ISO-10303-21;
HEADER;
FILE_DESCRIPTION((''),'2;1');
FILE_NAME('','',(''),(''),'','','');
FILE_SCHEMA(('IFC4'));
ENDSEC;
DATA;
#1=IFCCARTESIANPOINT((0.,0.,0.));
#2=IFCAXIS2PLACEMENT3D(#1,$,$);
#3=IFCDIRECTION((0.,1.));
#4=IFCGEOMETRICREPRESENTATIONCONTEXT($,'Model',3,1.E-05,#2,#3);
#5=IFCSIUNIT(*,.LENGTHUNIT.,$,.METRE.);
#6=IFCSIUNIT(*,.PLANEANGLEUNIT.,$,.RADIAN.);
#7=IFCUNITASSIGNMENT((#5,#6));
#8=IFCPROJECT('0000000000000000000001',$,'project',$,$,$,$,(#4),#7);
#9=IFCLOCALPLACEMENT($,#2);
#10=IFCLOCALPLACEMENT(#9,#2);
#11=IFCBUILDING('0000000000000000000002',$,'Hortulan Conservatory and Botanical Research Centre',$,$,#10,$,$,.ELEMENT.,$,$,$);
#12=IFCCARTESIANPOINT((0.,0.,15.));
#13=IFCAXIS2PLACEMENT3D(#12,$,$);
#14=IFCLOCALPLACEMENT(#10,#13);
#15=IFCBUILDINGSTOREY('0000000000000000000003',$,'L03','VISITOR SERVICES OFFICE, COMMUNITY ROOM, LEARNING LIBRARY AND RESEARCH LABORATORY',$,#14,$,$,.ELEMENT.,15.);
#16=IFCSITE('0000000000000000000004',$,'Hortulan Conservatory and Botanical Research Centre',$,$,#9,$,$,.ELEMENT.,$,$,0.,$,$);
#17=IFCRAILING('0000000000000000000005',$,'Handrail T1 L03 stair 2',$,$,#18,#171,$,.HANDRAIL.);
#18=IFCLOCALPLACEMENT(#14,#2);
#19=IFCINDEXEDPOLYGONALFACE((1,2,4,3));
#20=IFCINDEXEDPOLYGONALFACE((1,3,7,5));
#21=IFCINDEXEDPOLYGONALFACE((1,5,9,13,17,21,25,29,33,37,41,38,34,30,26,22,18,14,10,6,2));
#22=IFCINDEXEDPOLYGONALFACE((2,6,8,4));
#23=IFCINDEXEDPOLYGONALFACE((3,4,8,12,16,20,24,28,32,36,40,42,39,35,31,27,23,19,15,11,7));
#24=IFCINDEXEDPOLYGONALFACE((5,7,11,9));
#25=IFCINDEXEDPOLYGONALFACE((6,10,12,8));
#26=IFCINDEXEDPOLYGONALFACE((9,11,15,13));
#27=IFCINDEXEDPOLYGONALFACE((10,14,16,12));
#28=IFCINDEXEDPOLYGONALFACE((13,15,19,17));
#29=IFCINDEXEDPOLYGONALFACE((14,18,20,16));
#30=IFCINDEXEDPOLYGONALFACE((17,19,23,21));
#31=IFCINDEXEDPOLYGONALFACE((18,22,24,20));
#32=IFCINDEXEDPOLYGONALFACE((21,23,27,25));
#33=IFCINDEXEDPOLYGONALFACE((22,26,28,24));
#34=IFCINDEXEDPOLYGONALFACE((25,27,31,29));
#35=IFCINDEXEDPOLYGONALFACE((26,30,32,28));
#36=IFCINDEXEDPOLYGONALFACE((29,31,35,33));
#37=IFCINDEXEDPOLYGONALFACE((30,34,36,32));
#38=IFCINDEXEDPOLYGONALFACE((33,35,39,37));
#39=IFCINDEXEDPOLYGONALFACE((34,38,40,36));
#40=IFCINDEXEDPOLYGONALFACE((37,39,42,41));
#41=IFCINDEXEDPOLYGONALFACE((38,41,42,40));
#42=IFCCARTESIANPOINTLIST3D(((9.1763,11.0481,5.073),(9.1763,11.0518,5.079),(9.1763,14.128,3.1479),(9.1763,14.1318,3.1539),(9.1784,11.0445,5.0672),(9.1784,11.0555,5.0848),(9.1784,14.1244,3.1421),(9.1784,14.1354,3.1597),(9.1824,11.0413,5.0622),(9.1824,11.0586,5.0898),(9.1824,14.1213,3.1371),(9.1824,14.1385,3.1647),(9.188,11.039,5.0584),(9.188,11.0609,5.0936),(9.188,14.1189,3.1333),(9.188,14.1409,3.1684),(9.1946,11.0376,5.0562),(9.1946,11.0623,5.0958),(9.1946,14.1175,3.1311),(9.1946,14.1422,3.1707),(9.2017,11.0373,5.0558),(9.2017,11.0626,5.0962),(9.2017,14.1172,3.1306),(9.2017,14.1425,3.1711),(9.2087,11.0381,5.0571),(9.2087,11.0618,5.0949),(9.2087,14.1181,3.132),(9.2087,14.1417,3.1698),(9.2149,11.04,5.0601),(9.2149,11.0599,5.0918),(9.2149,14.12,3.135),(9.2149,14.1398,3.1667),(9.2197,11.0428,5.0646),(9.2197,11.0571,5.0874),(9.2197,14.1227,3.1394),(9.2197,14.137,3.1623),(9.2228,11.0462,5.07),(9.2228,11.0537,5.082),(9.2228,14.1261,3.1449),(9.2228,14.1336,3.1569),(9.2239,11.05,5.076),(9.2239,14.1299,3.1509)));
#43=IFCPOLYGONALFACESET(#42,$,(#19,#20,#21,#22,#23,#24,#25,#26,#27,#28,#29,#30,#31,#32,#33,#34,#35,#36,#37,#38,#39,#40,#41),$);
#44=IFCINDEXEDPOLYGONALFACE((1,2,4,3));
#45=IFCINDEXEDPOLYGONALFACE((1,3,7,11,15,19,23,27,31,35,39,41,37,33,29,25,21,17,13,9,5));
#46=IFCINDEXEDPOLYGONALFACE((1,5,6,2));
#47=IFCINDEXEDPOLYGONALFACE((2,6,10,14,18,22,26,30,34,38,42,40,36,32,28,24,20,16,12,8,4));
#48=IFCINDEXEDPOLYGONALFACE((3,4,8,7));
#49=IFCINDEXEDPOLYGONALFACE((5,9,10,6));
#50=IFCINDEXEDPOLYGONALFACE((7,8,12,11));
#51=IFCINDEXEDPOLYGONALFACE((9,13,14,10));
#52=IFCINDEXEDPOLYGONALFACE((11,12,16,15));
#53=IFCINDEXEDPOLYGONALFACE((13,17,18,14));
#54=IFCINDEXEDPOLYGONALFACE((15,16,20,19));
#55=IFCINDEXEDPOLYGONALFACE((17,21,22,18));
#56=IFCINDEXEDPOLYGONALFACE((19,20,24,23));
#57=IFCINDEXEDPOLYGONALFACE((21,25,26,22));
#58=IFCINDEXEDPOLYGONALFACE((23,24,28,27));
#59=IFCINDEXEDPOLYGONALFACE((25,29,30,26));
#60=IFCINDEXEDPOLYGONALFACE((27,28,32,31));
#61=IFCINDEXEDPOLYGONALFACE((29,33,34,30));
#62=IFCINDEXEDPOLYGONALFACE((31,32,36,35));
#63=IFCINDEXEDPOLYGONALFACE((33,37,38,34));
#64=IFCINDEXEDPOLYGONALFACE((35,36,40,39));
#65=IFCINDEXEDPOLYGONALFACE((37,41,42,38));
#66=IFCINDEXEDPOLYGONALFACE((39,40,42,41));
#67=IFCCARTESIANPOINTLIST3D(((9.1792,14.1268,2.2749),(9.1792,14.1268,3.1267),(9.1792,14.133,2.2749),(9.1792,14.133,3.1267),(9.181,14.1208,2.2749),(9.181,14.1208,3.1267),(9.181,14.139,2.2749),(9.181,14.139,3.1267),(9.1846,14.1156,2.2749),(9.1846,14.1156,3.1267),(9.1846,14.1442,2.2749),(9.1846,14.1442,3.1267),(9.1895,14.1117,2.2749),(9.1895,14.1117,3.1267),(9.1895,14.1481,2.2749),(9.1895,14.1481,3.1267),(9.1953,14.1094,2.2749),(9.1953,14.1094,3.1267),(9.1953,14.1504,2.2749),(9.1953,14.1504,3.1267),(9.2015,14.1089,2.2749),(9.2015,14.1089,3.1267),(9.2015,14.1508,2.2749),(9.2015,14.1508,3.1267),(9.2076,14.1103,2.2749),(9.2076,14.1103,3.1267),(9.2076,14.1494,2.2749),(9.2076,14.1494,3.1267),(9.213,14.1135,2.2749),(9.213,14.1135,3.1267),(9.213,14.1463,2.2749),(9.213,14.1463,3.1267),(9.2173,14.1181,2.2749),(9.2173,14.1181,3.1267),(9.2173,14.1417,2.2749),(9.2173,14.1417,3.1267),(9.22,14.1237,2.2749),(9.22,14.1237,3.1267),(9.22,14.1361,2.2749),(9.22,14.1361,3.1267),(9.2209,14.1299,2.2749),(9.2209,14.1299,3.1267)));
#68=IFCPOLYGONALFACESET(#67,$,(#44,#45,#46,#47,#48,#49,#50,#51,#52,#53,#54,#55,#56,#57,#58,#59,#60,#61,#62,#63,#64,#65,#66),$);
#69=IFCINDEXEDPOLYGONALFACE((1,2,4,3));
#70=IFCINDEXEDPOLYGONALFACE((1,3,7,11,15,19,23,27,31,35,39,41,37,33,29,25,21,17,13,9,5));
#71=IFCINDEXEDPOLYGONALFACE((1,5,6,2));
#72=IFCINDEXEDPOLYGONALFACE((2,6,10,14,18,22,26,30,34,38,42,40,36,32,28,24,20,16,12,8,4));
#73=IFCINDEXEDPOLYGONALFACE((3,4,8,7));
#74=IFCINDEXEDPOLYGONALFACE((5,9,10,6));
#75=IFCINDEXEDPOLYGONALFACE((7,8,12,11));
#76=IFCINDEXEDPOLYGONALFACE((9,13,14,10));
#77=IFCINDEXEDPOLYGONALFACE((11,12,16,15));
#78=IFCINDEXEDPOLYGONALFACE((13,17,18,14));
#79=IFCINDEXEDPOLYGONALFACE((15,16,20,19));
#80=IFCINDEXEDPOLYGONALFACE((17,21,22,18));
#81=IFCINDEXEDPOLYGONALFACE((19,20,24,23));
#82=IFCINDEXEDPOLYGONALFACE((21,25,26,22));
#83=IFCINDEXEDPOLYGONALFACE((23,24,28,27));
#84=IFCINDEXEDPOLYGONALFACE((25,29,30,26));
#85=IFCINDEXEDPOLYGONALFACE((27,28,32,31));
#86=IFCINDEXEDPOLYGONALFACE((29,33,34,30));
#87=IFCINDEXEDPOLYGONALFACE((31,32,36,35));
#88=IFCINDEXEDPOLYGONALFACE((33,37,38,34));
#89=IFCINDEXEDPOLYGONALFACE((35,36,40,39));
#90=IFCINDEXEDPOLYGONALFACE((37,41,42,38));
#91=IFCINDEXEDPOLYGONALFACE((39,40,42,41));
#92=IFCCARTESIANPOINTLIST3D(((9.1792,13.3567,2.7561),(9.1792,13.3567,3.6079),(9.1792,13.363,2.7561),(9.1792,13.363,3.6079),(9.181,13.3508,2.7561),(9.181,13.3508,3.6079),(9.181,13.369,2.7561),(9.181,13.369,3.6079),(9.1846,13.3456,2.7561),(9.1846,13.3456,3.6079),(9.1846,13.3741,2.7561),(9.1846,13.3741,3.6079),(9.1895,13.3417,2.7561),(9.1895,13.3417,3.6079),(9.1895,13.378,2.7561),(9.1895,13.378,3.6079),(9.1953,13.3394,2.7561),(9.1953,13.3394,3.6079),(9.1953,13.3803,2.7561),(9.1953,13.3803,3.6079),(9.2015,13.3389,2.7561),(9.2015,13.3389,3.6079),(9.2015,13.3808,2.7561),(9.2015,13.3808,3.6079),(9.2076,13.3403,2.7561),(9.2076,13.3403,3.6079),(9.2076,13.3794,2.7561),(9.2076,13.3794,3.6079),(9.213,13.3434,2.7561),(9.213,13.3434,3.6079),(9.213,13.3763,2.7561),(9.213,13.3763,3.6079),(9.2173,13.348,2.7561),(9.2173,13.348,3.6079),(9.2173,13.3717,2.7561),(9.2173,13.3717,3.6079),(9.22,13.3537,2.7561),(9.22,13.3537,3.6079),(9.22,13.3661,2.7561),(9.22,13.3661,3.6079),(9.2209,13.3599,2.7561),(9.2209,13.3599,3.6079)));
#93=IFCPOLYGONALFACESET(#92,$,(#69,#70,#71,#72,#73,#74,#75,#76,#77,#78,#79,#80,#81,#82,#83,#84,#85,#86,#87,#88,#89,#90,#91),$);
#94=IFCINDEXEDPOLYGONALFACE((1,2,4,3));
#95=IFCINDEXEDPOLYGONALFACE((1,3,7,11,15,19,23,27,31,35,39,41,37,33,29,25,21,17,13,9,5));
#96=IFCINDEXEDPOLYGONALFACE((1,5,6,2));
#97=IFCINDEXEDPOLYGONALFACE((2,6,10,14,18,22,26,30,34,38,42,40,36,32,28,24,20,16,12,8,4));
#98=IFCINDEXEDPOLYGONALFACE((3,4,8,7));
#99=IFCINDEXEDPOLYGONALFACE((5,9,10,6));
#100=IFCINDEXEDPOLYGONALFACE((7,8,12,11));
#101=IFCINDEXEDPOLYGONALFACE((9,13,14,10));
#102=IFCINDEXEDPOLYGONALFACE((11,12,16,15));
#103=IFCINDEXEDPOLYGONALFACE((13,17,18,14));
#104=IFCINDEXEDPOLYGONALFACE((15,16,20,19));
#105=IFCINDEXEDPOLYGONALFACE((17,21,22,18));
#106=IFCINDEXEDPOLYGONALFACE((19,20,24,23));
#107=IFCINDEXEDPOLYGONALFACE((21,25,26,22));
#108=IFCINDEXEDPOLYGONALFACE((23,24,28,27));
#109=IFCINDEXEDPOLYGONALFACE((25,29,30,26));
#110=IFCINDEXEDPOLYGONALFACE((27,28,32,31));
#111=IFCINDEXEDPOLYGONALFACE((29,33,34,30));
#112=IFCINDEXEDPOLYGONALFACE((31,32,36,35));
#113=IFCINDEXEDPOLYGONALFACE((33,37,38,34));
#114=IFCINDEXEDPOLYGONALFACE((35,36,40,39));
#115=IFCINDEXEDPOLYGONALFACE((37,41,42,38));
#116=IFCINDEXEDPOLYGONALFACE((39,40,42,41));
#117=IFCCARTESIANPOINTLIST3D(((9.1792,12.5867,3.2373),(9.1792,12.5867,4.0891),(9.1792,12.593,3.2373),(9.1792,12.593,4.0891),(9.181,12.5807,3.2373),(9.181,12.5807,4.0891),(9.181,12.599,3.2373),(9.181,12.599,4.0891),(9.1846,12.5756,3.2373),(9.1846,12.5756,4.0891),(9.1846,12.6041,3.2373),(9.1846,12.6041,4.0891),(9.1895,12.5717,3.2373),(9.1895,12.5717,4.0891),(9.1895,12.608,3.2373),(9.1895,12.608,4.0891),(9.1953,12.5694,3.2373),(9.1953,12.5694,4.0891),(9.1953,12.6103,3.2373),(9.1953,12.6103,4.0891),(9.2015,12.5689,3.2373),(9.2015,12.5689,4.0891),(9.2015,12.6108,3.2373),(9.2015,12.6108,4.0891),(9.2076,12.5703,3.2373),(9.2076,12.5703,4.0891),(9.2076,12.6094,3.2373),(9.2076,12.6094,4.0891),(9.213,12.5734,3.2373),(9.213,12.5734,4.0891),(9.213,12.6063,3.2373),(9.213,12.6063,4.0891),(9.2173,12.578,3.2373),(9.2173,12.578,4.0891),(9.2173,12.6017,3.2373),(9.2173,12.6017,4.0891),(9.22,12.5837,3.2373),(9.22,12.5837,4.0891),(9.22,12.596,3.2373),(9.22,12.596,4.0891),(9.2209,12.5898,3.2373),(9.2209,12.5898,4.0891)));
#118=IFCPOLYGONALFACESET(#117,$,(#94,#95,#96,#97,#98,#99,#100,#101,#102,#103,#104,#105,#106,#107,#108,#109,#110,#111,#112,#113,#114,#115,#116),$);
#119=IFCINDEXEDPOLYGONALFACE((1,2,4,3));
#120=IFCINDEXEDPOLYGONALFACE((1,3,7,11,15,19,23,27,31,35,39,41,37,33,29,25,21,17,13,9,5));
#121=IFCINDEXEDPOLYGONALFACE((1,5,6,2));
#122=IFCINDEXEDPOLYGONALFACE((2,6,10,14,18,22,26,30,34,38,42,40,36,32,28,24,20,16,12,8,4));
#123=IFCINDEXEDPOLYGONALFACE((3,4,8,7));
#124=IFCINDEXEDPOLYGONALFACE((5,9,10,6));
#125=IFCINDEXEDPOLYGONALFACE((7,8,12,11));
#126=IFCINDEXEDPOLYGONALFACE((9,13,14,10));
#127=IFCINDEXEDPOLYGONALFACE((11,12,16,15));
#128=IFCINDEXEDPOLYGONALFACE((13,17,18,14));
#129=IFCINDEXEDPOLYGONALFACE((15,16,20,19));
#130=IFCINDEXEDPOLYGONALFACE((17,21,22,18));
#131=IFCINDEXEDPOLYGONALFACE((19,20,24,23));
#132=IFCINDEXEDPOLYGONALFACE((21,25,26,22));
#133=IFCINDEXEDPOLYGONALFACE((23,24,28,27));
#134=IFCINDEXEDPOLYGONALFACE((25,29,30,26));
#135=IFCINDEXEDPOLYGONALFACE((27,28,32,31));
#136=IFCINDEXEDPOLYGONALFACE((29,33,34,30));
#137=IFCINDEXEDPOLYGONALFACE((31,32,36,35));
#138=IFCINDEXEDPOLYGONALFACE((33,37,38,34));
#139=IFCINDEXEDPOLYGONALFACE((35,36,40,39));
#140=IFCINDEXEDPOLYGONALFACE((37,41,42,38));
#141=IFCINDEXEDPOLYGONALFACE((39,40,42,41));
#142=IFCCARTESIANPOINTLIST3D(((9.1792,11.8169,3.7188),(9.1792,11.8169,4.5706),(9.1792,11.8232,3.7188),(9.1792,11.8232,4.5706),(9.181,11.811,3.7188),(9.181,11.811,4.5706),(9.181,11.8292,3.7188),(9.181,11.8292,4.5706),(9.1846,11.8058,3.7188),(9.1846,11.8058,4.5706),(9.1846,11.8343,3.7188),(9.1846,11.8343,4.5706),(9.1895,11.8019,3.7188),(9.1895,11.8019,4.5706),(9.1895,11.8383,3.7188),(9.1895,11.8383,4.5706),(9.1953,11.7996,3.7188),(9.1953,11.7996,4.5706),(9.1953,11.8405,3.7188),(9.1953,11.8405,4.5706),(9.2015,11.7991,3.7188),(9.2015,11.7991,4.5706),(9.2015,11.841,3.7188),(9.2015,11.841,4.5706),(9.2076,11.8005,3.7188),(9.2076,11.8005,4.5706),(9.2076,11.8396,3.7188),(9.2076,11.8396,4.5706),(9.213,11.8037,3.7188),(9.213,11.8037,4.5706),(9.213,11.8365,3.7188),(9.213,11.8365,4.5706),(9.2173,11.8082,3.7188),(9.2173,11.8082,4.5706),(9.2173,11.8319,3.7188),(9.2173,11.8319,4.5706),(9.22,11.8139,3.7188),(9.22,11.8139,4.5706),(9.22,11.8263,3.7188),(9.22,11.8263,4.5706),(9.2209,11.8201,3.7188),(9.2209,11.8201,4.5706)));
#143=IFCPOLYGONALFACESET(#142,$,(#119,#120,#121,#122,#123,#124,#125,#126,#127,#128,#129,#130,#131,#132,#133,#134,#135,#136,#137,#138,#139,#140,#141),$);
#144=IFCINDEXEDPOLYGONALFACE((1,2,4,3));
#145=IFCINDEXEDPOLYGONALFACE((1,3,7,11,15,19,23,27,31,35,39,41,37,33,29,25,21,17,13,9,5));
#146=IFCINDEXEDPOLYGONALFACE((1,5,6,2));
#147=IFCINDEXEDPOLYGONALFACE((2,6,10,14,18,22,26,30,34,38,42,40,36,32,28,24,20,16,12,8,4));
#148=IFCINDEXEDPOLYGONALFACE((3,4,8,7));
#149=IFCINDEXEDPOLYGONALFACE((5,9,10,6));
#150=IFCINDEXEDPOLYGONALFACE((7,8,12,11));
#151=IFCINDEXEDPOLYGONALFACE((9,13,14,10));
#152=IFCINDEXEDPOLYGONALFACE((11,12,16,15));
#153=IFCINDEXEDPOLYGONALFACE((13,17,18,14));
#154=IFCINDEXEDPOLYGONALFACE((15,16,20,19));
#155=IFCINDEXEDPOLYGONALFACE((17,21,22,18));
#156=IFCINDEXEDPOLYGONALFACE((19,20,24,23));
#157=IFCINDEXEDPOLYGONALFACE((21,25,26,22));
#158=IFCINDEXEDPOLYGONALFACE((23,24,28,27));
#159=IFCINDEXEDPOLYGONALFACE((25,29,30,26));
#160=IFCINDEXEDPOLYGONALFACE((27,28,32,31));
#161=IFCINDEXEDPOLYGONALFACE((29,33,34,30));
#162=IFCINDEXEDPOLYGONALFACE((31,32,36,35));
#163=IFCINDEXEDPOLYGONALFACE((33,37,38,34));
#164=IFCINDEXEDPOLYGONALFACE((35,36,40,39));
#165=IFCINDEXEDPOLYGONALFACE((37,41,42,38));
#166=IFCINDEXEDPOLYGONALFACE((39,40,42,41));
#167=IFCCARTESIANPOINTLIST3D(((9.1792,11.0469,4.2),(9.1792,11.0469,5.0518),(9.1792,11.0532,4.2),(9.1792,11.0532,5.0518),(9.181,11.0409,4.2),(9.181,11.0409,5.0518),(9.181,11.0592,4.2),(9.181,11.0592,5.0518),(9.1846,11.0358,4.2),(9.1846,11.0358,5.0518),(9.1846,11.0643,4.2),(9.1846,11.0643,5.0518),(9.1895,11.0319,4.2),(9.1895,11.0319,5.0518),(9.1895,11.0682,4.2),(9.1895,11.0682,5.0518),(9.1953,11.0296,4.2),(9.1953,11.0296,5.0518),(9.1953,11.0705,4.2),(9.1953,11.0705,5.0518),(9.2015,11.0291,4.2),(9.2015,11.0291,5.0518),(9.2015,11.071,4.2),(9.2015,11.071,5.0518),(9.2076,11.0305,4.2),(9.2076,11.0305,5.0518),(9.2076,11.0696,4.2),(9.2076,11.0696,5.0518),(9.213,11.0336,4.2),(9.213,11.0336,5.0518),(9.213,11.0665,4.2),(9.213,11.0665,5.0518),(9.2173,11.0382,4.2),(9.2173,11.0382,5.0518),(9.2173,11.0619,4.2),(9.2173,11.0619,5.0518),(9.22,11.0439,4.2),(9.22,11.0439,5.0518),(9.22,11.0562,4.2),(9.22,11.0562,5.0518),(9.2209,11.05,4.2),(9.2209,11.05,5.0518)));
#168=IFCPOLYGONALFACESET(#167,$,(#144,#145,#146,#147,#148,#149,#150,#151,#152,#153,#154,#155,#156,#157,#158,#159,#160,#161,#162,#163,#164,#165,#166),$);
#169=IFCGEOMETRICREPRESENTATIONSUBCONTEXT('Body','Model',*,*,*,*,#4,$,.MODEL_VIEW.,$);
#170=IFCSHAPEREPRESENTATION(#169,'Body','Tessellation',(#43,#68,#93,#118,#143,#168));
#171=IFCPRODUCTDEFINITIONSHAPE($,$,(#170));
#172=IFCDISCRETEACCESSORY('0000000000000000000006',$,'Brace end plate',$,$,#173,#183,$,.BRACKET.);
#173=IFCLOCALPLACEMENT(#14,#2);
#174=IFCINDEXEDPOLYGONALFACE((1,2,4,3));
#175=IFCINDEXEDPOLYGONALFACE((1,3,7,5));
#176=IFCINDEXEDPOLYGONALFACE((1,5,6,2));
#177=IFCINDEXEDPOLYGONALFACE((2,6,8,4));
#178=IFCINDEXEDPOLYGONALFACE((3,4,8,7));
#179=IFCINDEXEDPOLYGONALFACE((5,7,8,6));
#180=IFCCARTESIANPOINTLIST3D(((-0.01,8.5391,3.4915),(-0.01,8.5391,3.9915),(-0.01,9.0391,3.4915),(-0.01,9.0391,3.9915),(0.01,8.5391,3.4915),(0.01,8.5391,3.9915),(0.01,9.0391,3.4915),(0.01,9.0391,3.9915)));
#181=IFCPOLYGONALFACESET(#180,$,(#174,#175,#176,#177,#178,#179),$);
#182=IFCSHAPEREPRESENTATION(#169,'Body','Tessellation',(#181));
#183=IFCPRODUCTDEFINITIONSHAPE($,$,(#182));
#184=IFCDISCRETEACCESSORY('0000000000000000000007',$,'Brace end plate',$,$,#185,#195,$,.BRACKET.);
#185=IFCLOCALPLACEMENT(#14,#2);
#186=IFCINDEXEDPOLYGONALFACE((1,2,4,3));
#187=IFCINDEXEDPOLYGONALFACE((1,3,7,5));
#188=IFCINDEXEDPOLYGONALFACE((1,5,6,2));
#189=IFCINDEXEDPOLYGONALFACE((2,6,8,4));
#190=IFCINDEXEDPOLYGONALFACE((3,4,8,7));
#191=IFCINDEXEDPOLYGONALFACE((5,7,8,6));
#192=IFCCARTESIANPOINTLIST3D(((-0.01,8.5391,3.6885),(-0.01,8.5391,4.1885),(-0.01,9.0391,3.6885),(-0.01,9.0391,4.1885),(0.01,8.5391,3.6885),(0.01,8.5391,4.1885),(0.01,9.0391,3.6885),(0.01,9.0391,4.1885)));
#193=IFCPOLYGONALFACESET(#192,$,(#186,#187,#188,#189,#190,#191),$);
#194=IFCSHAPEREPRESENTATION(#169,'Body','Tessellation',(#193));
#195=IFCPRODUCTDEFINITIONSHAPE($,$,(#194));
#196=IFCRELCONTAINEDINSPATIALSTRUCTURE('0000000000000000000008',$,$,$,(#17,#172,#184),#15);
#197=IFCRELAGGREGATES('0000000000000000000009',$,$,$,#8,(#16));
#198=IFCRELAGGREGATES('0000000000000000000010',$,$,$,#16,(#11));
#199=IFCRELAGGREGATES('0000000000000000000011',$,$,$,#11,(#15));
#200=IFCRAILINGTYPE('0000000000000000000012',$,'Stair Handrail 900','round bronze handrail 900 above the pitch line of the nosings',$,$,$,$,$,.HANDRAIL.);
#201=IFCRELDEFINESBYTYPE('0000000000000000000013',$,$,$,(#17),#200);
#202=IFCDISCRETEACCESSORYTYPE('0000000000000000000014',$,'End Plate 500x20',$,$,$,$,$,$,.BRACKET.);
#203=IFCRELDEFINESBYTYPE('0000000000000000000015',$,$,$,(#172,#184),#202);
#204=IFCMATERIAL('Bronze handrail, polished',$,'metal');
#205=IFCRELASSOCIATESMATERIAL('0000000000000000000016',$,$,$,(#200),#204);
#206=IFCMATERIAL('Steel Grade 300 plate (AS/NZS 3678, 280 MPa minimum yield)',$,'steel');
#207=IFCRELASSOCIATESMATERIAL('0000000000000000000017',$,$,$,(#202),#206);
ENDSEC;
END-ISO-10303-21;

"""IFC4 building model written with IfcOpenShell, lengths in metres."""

from ifc_helpers import new_model, si_unit, direction, frame, origin, origin_2d, place, context, subcontext, project, spatial, rectangle, circle, extrude, material, type_object, element, save


model = new_model("IFC4")

# Units and contexts
model_context = context("Model", 3, precision=1e-05, world=origin(), true_north=direction((0.0, 1.0)))
body_context = subcontext(model_context, "Body", "Model", "MODEL_VIEW")
ifc_project = project(units=[si_unit("LENGTHUNIT", "METRE"), si_unit("PLANEANGLEUNIT", "RADIAN")], contexts=[model_context])

# Site, building, storey
site_placement = place(None, origin())
site = spatial("IfcSite", under=ifc_project, at=site_placement, Name="Hortulan Conservatory and Botanical Research Centre", CompositionType="ELEMENT", RefElevation=0.0)
building_placement = place(site_placement, origin())
building = spatial("IfcBuilding", under=site, at=building_placement, Name="Hortulan Conservatory and Botanical Research Centre", CompositionType="ELEMENT")
storey_placement = place(building_placement, frame((0.0, 0.0, 15.0)))
storey = spatial("IfcBuildingStorey", under=building, at=storey_placement, Name="L03", Description="VISITOR SERVICES OFFICE, COMMUNITY ROOM, LEARNING LIBRARY AND RESEARCH LABORATORY", CompositionType="ELEMENT", Elevation=15.0)

# Railing
ifc_material_1 = material(Name="Bronze handrail, polished", Category="metal")
railing_type = type_object("IfcRailingType", Name="Stair Handrail 900", Description="round bronze handrail 900 above the pitch line of the nosings", PredefinedType="HANDRAIL", material=ifc_material_1)
railing_placement = place(storey_placement, frame((9.2, 14.1299, 2.2749)))
element("IfcRailing", 1, at=railing_placement, inside=storey, type_object=railing_type, Name="Handrail T1 L03 stair 2", PredefinedType="HANDRAIL", context=body_context, shape_type="SweptSolid", body=[
    extrude(circle(Radius=0.0239, at=origin_2d()), frame((0.0, 0.0, 0.876), z_axis=(0.0, -0.847979, 0.530029), x_axis=(1.0, 0.0, 0.0)), (0.0, 0.0, 1.0), 3.6321),
    extrude(circle(Radius=0.021, at=origin_2d()), origin(), (0.0, 0.0, 1.0), 0.8518),
    extrude(circle(Radius=0.021, at=origin_2d()), frame((0.0, -0.77, 0.4812)), (0.0, 0.0, 1.0), 0.8518),
    extrude(circle(Radius=0.021, at=origin_2d()), frame((0.0, -1.54, 0.9624)), (0.0, 0.0, 1.0), 0.8518),
    extrude(circle(Radius=0.021, at=origin_2d()), frame((0.0, -2.3098, 1.4438)), (0.0, 0.0, 1.0), 0.8518),
    extrude(circle(Radius=0.021, at=origin_2d()), frame((0.0, -3.0798, 1.925)), (0.0, 0.0, 1.0), 0.8518),
])

# Discrete accessories
ifc_material_2 = material(Name="Steel Grade 300 plate (AS/NZS 3678, 280 MPa minimum yield)", Category="steel")
discrete_accessory_type = type_object("IfcDiscreteAccessoryType", Name="End Plate 500x20", PredefinedType="BRACKET", material=ifc_material_2)
for number, where, z_axis, x_axis, name in (
    (2, (0.0, 8.7891, 3.4915), (0.0, 0.0, 1.0), (0.0, -1.0, 0.0), "Brace end plate"),
    (3, (0.0, 8.7891, 3.6885), (0.0, 0.0, 1.0), (0.0, -1.0, 0.0), "Brace end plate"),
):
    element("IfcDiscreteAccessory", number, at=place(storey_placement, frame(where, z_axis=z_axis, x_axis=x_axis)), inside=storey, type_object=discrete_accessory_type, Name=name, PredefinedType="BRACKET", context=body_context, shape_type="SweptSolid", body=[
        extrude(rectangle(XDim=0.5, YDim=0.02, at=origin_2d()), origin(), (0.0, 0.0, 1.0), 0.5),
    ])

save(model, "model.ifc")
